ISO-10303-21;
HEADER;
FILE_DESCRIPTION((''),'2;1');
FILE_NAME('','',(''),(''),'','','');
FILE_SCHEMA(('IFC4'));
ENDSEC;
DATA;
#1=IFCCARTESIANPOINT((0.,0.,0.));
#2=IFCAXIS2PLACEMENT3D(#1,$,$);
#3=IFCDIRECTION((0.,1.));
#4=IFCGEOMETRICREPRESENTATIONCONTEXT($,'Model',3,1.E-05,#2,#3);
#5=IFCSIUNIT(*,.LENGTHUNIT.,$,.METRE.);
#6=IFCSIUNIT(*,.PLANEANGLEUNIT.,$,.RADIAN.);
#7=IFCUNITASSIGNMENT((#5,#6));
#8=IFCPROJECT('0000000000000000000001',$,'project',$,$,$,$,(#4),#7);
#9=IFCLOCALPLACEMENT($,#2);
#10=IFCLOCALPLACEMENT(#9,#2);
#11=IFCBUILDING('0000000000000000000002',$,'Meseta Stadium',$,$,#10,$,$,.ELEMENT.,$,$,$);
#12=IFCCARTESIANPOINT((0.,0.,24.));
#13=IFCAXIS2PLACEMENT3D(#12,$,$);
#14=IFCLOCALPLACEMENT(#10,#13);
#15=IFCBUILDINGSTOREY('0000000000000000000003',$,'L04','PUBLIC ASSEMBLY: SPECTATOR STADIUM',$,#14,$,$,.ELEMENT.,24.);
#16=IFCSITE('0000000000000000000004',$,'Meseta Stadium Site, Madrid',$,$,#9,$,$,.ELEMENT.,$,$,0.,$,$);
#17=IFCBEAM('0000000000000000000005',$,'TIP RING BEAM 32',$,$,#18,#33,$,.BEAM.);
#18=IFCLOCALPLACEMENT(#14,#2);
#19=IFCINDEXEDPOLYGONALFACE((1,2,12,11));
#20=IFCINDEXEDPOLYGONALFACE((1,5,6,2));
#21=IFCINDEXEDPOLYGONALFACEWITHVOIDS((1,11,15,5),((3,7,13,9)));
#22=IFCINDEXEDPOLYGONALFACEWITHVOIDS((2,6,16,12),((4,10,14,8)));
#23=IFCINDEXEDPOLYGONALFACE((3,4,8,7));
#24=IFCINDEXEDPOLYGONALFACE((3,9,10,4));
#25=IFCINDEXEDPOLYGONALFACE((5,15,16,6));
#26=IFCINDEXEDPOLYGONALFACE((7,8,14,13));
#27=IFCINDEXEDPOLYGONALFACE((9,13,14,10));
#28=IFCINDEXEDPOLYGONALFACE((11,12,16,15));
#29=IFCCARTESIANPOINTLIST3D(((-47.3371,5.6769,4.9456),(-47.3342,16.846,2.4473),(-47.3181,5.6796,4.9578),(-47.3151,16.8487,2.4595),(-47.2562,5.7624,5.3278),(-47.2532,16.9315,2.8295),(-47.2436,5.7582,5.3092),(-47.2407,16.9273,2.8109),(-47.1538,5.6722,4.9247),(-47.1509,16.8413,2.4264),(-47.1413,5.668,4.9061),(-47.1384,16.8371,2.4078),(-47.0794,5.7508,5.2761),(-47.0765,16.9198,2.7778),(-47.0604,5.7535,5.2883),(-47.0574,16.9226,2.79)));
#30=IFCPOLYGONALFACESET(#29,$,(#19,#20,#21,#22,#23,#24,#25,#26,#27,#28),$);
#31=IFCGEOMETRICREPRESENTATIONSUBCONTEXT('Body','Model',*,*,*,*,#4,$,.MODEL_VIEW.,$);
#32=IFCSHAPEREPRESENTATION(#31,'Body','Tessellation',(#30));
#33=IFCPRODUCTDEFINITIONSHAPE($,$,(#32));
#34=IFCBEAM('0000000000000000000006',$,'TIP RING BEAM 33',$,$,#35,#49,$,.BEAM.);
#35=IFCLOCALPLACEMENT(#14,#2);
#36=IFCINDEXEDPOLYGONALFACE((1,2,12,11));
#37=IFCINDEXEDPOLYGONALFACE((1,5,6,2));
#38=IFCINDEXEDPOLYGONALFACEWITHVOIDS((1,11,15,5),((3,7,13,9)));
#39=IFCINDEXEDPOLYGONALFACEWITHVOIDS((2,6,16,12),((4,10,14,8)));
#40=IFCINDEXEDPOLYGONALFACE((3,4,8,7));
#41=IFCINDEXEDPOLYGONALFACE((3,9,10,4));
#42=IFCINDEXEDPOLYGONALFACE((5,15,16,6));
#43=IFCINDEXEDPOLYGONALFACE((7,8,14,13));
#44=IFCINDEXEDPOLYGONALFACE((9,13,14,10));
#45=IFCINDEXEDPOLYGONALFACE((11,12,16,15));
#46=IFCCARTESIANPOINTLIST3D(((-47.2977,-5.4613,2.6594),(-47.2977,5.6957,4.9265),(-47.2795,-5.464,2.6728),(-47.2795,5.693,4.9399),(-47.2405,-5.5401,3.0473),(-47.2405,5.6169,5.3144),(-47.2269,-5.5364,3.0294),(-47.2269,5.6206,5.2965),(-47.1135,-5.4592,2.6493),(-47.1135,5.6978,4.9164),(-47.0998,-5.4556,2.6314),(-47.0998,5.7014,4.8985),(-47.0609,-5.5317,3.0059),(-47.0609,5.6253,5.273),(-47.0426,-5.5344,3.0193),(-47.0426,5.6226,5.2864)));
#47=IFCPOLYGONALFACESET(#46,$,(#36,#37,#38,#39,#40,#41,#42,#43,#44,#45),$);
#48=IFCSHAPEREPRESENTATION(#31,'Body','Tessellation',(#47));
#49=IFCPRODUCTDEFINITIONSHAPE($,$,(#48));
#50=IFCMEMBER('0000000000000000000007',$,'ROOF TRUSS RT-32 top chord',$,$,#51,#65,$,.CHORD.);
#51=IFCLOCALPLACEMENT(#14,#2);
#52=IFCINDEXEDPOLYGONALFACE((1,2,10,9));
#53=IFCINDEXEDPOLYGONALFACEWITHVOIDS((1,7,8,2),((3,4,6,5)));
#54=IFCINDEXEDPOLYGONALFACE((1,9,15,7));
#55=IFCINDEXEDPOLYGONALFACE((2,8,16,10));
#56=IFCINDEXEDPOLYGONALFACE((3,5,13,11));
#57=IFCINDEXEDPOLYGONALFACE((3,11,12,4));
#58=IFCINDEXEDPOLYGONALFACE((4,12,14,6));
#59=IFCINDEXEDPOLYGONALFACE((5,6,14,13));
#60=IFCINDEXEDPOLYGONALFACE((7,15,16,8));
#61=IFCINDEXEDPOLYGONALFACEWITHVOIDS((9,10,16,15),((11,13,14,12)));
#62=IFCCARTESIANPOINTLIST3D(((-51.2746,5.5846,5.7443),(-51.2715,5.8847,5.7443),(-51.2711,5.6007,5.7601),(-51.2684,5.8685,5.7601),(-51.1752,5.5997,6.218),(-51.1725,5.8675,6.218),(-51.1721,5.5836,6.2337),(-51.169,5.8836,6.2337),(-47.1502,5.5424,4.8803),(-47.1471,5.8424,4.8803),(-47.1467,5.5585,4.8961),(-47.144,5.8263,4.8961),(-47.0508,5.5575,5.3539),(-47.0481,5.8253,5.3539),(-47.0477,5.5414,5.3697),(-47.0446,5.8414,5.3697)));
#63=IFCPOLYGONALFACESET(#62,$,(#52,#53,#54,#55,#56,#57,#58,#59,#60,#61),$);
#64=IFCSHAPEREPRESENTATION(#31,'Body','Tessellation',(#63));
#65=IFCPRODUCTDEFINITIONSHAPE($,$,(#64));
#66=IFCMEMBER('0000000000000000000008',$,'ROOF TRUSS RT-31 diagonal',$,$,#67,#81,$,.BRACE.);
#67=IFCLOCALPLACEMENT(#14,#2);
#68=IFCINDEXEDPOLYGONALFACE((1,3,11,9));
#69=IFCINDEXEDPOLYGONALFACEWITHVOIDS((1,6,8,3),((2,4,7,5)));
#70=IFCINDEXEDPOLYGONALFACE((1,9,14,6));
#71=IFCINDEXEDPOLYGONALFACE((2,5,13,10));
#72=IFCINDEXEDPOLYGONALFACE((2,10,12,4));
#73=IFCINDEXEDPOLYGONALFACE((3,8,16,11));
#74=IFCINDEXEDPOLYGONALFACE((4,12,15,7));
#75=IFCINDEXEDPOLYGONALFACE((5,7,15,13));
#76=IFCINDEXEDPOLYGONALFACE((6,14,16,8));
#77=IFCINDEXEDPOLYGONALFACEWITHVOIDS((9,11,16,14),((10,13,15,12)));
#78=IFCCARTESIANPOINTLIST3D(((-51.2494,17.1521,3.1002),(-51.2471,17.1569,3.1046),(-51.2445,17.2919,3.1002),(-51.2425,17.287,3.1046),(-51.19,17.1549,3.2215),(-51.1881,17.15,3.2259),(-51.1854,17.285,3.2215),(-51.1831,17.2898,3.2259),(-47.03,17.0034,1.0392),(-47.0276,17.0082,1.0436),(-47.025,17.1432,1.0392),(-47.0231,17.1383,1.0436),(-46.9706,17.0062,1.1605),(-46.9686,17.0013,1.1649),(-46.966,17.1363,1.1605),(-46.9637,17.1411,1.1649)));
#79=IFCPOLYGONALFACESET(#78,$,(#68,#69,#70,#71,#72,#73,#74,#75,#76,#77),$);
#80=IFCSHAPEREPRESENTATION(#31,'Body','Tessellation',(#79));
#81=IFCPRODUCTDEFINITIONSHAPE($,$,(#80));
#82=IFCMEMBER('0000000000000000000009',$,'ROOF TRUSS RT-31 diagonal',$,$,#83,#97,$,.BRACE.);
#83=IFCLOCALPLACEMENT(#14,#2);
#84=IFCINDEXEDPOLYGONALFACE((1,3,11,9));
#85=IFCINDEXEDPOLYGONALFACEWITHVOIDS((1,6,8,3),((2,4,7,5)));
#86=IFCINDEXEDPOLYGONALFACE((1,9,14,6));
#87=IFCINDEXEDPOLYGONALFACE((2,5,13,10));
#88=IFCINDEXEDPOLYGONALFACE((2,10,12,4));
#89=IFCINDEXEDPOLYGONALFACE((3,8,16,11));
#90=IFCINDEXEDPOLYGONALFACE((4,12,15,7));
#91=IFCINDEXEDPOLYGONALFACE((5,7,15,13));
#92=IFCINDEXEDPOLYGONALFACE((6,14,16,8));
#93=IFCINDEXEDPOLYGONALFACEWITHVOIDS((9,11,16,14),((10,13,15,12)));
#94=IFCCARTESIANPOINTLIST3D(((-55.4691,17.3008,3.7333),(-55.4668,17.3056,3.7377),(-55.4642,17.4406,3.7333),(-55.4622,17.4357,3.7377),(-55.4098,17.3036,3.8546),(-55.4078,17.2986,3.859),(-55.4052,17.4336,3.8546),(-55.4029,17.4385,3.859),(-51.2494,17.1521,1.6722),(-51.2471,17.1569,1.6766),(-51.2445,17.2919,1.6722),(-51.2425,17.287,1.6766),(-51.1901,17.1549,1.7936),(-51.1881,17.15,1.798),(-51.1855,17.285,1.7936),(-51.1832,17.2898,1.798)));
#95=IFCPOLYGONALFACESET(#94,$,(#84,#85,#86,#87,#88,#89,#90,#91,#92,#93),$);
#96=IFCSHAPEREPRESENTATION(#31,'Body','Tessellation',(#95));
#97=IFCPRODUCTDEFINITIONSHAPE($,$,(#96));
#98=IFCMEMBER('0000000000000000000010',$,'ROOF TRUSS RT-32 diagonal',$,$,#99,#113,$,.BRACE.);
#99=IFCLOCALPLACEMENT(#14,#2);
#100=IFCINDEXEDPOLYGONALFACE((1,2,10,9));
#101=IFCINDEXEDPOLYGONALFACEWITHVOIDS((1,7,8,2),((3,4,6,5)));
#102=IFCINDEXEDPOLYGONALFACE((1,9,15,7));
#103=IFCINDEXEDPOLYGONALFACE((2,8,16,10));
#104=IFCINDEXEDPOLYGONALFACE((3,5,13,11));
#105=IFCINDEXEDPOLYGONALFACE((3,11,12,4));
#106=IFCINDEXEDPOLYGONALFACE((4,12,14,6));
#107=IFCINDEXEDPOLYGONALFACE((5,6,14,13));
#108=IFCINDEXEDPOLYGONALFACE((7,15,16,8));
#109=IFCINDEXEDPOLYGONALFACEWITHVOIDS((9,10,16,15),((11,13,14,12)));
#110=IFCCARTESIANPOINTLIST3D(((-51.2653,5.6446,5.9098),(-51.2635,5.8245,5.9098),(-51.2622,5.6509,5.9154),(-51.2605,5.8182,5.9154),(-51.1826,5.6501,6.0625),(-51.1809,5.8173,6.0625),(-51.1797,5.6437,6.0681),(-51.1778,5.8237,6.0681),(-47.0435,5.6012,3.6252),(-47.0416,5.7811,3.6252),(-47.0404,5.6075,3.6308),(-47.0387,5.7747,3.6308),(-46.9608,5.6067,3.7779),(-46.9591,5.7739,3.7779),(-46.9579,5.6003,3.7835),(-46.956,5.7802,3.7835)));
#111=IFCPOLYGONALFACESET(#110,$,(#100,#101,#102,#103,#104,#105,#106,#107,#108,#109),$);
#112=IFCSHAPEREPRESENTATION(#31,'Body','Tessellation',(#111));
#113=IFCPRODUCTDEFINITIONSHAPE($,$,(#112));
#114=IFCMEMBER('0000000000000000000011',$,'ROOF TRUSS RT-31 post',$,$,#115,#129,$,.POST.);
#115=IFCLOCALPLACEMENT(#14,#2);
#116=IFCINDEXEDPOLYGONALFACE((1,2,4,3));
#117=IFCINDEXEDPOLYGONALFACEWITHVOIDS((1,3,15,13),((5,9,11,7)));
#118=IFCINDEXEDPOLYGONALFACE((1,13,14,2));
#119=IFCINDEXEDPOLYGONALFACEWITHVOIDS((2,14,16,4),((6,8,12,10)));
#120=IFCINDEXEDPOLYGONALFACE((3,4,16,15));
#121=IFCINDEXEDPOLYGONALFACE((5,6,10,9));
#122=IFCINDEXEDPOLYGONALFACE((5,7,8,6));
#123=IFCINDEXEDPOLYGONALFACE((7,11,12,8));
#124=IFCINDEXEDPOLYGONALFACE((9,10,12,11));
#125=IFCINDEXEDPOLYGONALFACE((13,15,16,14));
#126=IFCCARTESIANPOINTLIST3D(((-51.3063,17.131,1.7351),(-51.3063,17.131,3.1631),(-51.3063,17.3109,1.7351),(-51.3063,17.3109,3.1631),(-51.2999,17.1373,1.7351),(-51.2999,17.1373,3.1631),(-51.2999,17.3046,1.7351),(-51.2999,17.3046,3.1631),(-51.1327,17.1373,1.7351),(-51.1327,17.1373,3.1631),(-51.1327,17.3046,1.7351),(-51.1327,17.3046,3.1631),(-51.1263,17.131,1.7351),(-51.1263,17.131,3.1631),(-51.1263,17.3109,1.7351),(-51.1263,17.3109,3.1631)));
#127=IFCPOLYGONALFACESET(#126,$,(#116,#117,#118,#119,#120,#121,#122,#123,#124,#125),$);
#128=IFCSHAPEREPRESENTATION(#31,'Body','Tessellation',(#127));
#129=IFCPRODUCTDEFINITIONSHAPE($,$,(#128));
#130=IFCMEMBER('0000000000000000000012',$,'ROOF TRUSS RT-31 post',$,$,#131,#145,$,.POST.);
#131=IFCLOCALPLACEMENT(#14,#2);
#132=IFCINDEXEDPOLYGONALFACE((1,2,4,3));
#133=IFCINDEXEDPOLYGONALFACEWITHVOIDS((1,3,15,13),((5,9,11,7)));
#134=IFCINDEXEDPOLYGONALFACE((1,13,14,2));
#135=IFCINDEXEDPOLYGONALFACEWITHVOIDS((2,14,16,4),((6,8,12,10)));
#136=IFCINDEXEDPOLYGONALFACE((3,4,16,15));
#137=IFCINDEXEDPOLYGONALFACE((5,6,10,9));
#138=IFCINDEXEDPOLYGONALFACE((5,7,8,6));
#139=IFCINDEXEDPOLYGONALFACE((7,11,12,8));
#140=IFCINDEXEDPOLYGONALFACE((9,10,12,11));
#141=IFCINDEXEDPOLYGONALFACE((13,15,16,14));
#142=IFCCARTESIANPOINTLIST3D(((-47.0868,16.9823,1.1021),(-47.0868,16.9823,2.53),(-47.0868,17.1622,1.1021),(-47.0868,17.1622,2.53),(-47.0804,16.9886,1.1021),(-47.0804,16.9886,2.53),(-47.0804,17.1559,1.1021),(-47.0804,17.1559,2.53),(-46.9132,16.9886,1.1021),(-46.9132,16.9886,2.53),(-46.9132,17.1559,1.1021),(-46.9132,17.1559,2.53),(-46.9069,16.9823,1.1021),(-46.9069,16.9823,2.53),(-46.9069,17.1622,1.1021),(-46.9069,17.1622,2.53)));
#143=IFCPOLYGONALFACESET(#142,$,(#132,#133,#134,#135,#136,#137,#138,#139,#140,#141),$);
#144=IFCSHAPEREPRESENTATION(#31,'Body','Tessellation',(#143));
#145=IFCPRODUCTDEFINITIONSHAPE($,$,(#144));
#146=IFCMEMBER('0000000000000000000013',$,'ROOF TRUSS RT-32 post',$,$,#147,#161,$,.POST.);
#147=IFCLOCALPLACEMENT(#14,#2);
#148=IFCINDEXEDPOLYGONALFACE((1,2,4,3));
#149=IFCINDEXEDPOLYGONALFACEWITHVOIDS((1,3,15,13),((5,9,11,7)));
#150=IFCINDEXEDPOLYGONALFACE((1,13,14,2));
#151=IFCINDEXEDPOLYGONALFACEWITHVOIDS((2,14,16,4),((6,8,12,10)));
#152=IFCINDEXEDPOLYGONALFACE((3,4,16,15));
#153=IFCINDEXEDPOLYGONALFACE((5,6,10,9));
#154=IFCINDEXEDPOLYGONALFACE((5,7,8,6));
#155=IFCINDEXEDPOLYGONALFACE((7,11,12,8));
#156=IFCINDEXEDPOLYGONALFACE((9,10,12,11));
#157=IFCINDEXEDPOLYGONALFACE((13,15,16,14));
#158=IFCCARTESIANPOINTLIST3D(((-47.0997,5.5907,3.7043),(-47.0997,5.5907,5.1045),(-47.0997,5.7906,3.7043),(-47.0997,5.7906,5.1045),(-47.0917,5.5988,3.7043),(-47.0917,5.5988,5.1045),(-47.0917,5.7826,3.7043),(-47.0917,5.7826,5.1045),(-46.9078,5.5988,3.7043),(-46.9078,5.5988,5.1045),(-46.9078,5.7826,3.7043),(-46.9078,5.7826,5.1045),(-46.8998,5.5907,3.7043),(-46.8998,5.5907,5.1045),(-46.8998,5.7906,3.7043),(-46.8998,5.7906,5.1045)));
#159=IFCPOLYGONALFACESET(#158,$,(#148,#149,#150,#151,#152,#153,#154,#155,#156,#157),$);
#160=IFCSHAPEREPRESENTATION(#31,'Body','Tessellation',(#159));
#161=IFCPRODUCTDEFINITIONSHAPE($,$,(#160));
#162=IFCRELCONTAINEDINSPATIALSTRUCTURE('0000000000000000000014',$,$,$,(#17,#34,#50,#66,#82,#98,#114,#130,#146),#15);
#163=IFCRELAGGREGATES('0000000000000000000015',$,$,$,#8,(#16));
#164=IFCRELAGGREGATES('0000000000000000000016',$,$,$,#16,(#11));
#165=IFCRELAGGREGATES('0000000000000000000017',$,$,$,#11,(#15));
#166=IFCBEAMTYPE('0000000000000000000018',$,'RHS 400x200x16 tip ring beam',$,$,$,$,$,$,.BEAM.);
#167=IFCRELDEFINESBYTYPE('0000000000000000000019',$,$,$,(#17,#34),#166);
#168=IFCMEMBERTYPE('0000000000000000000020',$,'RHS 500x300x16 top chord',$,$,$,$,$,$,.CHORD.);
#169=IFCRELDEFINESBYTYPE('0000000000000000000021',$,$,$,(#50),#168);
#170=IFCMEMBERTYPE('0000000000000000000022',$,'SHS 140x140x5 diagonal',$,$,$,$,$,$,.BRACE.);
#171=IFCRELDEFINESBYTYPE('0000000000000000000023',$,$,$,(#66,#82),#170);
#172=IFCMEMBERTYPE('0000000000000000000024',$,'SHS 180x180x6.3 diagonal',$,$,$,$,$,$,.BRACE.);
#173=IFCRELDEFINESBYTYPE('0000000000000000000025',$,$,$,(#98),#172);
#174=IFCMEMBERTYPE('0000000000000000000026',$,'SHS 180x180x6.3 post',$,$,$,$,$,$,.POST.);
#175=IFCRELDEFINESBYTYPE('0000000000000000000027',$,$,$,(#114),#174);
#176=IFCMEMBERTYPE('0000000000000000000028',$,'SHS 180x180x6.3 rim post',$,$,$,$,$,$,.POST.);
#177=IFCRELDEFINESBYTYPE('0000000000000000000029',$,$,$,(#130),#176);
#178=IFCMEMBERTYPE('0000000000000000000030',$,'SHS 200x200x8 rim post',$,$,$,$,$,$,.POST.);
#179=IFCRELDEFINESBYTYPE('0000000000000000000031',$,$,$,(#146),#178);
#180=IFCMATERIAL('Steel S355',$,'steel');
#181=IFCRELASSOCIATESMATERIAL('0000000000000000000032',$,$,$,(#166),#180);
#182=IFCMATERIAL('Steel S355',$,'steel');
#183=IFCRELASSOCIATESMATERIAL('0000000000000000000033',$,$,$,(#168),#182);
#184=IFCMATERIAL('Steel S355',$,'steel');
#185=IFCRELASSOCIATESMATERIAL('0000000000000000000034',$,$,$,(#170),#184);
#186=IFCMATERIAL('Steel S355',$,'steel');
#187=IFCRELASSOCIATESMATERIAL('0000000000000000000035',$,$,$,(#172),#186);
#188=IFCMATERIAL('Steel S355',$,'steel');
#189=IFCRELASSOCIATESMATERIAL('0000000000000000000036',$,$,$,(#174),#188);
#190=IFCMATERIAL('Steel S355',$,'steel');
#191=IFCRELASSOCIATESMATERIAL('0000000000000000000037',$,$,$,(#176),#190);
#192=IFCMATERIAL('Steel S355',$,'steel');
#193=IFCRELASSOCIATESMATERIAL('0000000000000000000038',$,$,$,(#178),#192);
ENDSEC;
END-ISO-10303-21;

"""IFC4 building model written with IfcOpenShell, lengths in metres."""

from ifc_helpers import new_model, si_unit, direction, frame, origin, origin_2d, place, context, subcontext, project, spatial, hollow_rectangle, extrude, material, material_profile, profile_set, type_object, element, save


model = new_model("IFC4")

# Units and contexts
model_context = context("Model", 3, precision=1e-05, world=origin(), true_north=direction((0.0, 1.0)))
body_context = subcontext(model_context, "Body", "Model", "MODEL_VIEW")
ifc_project = project(units=[si_unit("LENGTHUNIT", "METRE"), si_unit("PLANEANGLEUNIT", "RADIAN")], contexts=[model_context])

# Site, building, storey
site_placement = place(None, origin())
site = spatial("IfcSite", under=ifc_project, at=site_placement, Name="Meseta Stadium Site, Madrid", CompositionType="ELEMENT", RefElevation=0.0)
building_placement = place(site_placement, origin())
building = spatial("IfcBuilding", under=site, at=building_placement, Name="Meseta Stadium", CompositionType="ELEMENT")
storey_placement = place(building_placement, frame((0.0, 0.0, 24.0)))
storey = spatial("IfcBuildingStorey", under=building, at=storey_placement, Name="L04", Description="PUBLIC ASSEMBLY: SPECTATOR STADIUM", CompositionType="ELEMENT", Elevation=24.0)

# Beams
ifc_material_1 = material(Name="Steel S355", Category="steel")
ifc_material_profile_1 = material_profile(ifc_material_1, hollow_rectangle(XDim=0.2, YDim=0.3999, WallThickness=0.0161, at=origin_2d()), Name="RHS 400x200x16")
ifc_profile_set_1 = profile_set([ifc_material_profile_1], Name="Steel S355")
beam_type = type_object("IfcBeamType", Name="RHS 400x200x16 tip ring beam", PredefinedType="BEAM", material=ifc_profile_set_1)
beam_1_placement = place(storey_placement, frame((-47.1958, 16.8843, 2.6187), z_axis=(-0.000256, -0.975884, 0.218288), x_axis=(0.9793, -0.044429, -0.197478)))
element("IfcBeam", 1, at=beam_1_placement, inside=storey, type_object=beam_type, Name="TIP RING BEAM 32", PredefinedType="BEAM", context=body_context, shape_type="SweptSolid", body=[
    extrude(hollow_rectangle(XDim=0.2, YDim=0.3999, WallThickness=0.0161, at=origin_2d()), origin(), (0.0, 0.0, 1.0), 11.4451),
])
beam_2_placement = place(storey_placement, frame((-47.1702, 5.6592, 5.1064), z_axis=(0.0, -0.979973, -0.19913), x_axis=(0.989708, 0.028496, -0.140236)))
element("IfcBeam", 2, at=beam_2_placement, inside=storey, type_object=beam_type, Name="TIP RING BEAM 33", PredefinedType="BEAM", context=body_context, shape_type="SweptSolid", body=[
    extrude(hollow_rectangle(XDim=0.2, YDim=0.3999, WallThickness=0.0161, at=origin_2d()), origin(), (0.0, 0.0, 1.0), 11.385),
])

# Members
ifc_material_2 = material(Name="Steel S355", Category="steel")
ifc_material_profile_2 = material_profile(ifc_material_2, hollow_rectangle(XDim=0.3, YDim=0.5, WallThickness=0.0161, at=origin_2d()), Name="RHS 500x300x16")
ifc_profile_set_2 = profile_set([ifc_material_profile_2], Name="Steel S355")
member_type_1 = type_object("IfcMemberType", Name="RHS 500x300x16 top chord", PredefinedType="CHORD", material=ifc_profile_set_2)
member_1_placement = place(storey_placement, frame((-47.0974, 5.6919, 5.125), z_axis=(-0.978704, 0.010023, 0.205034), x_axis=(-0.01024, -0.999948, 0.0)))
element("IfcMember", 3, at=member_1_placement, inside=storey, type_object=member_type_1, Name="ROOF TRUSS RT-32 top chord", PredefinedType="CHORD", context=body_context, shape_type="SweptSolid", body=[
    extrude(hollow_rectangle(XDim=0.3, YDim=0.5, WallThickness=0.0161, at=origin_2d()), origin(), (0.0, 0.0, 1.0), 4.2141),
])
ifc_material_3 = material(Name="Steel S355", Category="steel")
ifc_material_profile_3 = material_profile(ifc_material_3, hollow_rectangle(XDim=0.1399, YDim=0.1399, WallThickness=0.0049, at=origin_2d()), Name="SHS 140x140x5")
ifc_profile_set_3 = profile_set([ifc_material_profile_3], Name="Steel S355")
member_type_2 = type_object("IfcMemberType", Name="SHS 140x140x5 diagonal", PredefinedType="BRACE", material=ifc_profile_set_3)
member_2_placement = place(storey_placement, frame((-46.9968, 17.0723, 1.1021), z_axis=(-0.898087, 0.031646, 0.438677), x_axis=(-0.035215, -0.99938, 0.0)))
element("IfcMember", 4, at=member_2_placement, inside=storey, type_object=member_type_2, Name="ROOF TRUSS RT-31 diagonal", PredefinedType="BRACE", context=body_context, shape_type="SweptSolid", body=[
    extrude(hollow_rectangle(XDim=0.1399, YDim=0.1399, WallThickness=0.0049, at=origin_2d()), origin(), (0.0, 0.0, 1.0), 4.6982),
])
member_3_placement = place(storey_placement, frame((-51.2163, 17.2209, 1.7351), z_axis=(-0.898097, 0.031644, 0.438657), x_axis=(-0.035213, -0.99938, 0.0)))
element("IfcMember", 5, at=member_3_placement, inside=storey, type_object=member_type_2, Name="ROOF TRUSS RT-31 diagonal", PredefinedType="BRACE", context=body_context, shape_type="SweptSolid", body=[
    extrude(hollow_rectangle(XDim=0.1399, YDim=0.1399, WallThickness=0.0049, at=origin_2d()), origin(), (0.0, 0.0, 1.0), 4.6985),
])
ifc_material_4 = material(Name="Steel S355", Category="steel")
ifc_material_profile_4 = material_profile(ifc_material_4, hollow_rectangle(XDim=0.1799, YDim=0.1799, WallThickness=0.0063, at=origin_2d()), Name="SHS 180x180x6.3")
ifc_profile_set_4 = profile_set([ifc_material_profile_4], Name="Steel S355")
member_type_3 = type_object("IfcMemberType", Name="SHS 180x180x6.3 diagonal", PredefinedType="BRACE", material=ifc_profile_set_4)
member_4_placement = place(storey_placement, frame((-46.9998, 5.6907, 3.7043), z_axis=(-0.879448, 0.009052, 0.475908), x_axis=(-0.010293, -0.999947, 0.0)))
element("IfcMember", 6, at=member_4_placement, inside=storey, type_object=member_type_3, Name="ROOF TRUSS RT-32 diagonal", PredefinedType="BRACE", context=body_context, shape_type="SweptSolid", body=[
    extrude(hollow_rectangle(XDim=0.1799, YDim=0.1799, WallThickness=0.0063, at=origin_2d()), origin(), (0.0, 0.0, 1.0), 4.8005),
])
ifc_material_5 = material(Name="Steel S355", Category="steel")
ifc_material_profile_5 = material_profile(ifc_material_5, hollow_rectangle(XDim=0.1799, YDim=0.1799, WallThickness=0.0063, at=origin_2d()), Name="SHS 180x180x6.3")
ifc_profile_set_5 = profile_set([ifc_material_profile_5], Name="Steel S355")
member_type_4 = type_object("IfcMemberType", Name="SHS 180x180x6.3 post", PredefinedType="POST", material=ifc_profile_set_5)
member_5_placement = place(storey_placement, frame((-51.2163, 17.2209, 1.7351), z_axis=(0.0, 0.0, 1.0), x_axis=(1.0, 0.0, 0.0)))
element("IfcMember", 7, at=member_5_placement, inside=storey, type_object=member_type_4, Name="ROOF TRUSS RT-31 post", PredefinedType="POST", context=body_context, shape_type="SweptSolid", body=[
    extrude(hollow_rectangle(XDim=0.1799, YDim=0.1799, WallThickness=0.0063, at=origin_2d()), origin(), (0.0, 0.0, 1.0), 1.428),
])
ifc_material_6 = material(Name="Steel S355", Category="steel")
ifc_material_profile_6 = material_profile(ifc_material_6, hollow_rectangle(XDim=0.1799, YDim=0.1799, WallThickness=0.0063, at=origin_2d()), Name="SHS 180x180x6.3")
ifc_profile_set_6 = profile_set([ifc_material_profile_6], Name="Steel S355")
member_type_5 = type_object("IfcMemberType", Name="SHS 180x180x6.3 rim post", PredefinedType="POST", material=ifc_profile_set_6)
member_6_placement = place(storey_placement, frame((-46.9968, 17.0723, 1.1021), z_axis=(0.0, 0.0, 1.0), x_axis=(1.0, 0.0, 0.0)))
element("IfcMember", 8, at=member_6_placement, inside=storey, type_object=member_type_5, Name="ROOF TRUSS RT-31 post", PredefinedType="POST", context=body_context, shape_type="SweptSolid", body=[
    extrude(hollow_rectangle(XDim=0.1799, YDim=0.1799, WallThickness=0.0063, at=origin_2d()), origin(), (0.0, 0.0, 1.0), 1.428),
])
ifc_material_7 = material(Name="Steel S355", Category="steel")
ifc_material_profile_7 = material_profile(ifc_material_7, hollow_rectangle(XDim=0.2, YDim=0.2, WallThickness=0.0081, at=origin_2d()), Name="SHS 200x200x8")
ifc_profile_set_7 = profile_set([ifc_material_profile_7], Name="Steel S355")
member_type_6 = type_object("IfcMemberType", Name="SHS 200x200x8 rim post", PredefinedType="POST", material=ifc_profile_set_7)
member_7_placement = place(storey_placement, frame((-46.9998, 5.6907, 3.7043), z_axis=(0.0, 0.0, 1.0), x_axis=(1.0, 0.0, 0.0)))
element("IfcMember", 9, at=member_7_placement, inside=storey, type_object=member_type_6, Name="ROOF TRUSS RT-32 post", PredefinedType="POST", context=body_context, shape_type="SweptSolid", body=[
    extrude(hollow_rectangle(XDim=0.2, YDim=0.2, WallThickness=0.0081, at=origin_2d()), origin(), (0.0, 0.0, 1.0), 1.4001),
])

save(model, "model.ifc")
